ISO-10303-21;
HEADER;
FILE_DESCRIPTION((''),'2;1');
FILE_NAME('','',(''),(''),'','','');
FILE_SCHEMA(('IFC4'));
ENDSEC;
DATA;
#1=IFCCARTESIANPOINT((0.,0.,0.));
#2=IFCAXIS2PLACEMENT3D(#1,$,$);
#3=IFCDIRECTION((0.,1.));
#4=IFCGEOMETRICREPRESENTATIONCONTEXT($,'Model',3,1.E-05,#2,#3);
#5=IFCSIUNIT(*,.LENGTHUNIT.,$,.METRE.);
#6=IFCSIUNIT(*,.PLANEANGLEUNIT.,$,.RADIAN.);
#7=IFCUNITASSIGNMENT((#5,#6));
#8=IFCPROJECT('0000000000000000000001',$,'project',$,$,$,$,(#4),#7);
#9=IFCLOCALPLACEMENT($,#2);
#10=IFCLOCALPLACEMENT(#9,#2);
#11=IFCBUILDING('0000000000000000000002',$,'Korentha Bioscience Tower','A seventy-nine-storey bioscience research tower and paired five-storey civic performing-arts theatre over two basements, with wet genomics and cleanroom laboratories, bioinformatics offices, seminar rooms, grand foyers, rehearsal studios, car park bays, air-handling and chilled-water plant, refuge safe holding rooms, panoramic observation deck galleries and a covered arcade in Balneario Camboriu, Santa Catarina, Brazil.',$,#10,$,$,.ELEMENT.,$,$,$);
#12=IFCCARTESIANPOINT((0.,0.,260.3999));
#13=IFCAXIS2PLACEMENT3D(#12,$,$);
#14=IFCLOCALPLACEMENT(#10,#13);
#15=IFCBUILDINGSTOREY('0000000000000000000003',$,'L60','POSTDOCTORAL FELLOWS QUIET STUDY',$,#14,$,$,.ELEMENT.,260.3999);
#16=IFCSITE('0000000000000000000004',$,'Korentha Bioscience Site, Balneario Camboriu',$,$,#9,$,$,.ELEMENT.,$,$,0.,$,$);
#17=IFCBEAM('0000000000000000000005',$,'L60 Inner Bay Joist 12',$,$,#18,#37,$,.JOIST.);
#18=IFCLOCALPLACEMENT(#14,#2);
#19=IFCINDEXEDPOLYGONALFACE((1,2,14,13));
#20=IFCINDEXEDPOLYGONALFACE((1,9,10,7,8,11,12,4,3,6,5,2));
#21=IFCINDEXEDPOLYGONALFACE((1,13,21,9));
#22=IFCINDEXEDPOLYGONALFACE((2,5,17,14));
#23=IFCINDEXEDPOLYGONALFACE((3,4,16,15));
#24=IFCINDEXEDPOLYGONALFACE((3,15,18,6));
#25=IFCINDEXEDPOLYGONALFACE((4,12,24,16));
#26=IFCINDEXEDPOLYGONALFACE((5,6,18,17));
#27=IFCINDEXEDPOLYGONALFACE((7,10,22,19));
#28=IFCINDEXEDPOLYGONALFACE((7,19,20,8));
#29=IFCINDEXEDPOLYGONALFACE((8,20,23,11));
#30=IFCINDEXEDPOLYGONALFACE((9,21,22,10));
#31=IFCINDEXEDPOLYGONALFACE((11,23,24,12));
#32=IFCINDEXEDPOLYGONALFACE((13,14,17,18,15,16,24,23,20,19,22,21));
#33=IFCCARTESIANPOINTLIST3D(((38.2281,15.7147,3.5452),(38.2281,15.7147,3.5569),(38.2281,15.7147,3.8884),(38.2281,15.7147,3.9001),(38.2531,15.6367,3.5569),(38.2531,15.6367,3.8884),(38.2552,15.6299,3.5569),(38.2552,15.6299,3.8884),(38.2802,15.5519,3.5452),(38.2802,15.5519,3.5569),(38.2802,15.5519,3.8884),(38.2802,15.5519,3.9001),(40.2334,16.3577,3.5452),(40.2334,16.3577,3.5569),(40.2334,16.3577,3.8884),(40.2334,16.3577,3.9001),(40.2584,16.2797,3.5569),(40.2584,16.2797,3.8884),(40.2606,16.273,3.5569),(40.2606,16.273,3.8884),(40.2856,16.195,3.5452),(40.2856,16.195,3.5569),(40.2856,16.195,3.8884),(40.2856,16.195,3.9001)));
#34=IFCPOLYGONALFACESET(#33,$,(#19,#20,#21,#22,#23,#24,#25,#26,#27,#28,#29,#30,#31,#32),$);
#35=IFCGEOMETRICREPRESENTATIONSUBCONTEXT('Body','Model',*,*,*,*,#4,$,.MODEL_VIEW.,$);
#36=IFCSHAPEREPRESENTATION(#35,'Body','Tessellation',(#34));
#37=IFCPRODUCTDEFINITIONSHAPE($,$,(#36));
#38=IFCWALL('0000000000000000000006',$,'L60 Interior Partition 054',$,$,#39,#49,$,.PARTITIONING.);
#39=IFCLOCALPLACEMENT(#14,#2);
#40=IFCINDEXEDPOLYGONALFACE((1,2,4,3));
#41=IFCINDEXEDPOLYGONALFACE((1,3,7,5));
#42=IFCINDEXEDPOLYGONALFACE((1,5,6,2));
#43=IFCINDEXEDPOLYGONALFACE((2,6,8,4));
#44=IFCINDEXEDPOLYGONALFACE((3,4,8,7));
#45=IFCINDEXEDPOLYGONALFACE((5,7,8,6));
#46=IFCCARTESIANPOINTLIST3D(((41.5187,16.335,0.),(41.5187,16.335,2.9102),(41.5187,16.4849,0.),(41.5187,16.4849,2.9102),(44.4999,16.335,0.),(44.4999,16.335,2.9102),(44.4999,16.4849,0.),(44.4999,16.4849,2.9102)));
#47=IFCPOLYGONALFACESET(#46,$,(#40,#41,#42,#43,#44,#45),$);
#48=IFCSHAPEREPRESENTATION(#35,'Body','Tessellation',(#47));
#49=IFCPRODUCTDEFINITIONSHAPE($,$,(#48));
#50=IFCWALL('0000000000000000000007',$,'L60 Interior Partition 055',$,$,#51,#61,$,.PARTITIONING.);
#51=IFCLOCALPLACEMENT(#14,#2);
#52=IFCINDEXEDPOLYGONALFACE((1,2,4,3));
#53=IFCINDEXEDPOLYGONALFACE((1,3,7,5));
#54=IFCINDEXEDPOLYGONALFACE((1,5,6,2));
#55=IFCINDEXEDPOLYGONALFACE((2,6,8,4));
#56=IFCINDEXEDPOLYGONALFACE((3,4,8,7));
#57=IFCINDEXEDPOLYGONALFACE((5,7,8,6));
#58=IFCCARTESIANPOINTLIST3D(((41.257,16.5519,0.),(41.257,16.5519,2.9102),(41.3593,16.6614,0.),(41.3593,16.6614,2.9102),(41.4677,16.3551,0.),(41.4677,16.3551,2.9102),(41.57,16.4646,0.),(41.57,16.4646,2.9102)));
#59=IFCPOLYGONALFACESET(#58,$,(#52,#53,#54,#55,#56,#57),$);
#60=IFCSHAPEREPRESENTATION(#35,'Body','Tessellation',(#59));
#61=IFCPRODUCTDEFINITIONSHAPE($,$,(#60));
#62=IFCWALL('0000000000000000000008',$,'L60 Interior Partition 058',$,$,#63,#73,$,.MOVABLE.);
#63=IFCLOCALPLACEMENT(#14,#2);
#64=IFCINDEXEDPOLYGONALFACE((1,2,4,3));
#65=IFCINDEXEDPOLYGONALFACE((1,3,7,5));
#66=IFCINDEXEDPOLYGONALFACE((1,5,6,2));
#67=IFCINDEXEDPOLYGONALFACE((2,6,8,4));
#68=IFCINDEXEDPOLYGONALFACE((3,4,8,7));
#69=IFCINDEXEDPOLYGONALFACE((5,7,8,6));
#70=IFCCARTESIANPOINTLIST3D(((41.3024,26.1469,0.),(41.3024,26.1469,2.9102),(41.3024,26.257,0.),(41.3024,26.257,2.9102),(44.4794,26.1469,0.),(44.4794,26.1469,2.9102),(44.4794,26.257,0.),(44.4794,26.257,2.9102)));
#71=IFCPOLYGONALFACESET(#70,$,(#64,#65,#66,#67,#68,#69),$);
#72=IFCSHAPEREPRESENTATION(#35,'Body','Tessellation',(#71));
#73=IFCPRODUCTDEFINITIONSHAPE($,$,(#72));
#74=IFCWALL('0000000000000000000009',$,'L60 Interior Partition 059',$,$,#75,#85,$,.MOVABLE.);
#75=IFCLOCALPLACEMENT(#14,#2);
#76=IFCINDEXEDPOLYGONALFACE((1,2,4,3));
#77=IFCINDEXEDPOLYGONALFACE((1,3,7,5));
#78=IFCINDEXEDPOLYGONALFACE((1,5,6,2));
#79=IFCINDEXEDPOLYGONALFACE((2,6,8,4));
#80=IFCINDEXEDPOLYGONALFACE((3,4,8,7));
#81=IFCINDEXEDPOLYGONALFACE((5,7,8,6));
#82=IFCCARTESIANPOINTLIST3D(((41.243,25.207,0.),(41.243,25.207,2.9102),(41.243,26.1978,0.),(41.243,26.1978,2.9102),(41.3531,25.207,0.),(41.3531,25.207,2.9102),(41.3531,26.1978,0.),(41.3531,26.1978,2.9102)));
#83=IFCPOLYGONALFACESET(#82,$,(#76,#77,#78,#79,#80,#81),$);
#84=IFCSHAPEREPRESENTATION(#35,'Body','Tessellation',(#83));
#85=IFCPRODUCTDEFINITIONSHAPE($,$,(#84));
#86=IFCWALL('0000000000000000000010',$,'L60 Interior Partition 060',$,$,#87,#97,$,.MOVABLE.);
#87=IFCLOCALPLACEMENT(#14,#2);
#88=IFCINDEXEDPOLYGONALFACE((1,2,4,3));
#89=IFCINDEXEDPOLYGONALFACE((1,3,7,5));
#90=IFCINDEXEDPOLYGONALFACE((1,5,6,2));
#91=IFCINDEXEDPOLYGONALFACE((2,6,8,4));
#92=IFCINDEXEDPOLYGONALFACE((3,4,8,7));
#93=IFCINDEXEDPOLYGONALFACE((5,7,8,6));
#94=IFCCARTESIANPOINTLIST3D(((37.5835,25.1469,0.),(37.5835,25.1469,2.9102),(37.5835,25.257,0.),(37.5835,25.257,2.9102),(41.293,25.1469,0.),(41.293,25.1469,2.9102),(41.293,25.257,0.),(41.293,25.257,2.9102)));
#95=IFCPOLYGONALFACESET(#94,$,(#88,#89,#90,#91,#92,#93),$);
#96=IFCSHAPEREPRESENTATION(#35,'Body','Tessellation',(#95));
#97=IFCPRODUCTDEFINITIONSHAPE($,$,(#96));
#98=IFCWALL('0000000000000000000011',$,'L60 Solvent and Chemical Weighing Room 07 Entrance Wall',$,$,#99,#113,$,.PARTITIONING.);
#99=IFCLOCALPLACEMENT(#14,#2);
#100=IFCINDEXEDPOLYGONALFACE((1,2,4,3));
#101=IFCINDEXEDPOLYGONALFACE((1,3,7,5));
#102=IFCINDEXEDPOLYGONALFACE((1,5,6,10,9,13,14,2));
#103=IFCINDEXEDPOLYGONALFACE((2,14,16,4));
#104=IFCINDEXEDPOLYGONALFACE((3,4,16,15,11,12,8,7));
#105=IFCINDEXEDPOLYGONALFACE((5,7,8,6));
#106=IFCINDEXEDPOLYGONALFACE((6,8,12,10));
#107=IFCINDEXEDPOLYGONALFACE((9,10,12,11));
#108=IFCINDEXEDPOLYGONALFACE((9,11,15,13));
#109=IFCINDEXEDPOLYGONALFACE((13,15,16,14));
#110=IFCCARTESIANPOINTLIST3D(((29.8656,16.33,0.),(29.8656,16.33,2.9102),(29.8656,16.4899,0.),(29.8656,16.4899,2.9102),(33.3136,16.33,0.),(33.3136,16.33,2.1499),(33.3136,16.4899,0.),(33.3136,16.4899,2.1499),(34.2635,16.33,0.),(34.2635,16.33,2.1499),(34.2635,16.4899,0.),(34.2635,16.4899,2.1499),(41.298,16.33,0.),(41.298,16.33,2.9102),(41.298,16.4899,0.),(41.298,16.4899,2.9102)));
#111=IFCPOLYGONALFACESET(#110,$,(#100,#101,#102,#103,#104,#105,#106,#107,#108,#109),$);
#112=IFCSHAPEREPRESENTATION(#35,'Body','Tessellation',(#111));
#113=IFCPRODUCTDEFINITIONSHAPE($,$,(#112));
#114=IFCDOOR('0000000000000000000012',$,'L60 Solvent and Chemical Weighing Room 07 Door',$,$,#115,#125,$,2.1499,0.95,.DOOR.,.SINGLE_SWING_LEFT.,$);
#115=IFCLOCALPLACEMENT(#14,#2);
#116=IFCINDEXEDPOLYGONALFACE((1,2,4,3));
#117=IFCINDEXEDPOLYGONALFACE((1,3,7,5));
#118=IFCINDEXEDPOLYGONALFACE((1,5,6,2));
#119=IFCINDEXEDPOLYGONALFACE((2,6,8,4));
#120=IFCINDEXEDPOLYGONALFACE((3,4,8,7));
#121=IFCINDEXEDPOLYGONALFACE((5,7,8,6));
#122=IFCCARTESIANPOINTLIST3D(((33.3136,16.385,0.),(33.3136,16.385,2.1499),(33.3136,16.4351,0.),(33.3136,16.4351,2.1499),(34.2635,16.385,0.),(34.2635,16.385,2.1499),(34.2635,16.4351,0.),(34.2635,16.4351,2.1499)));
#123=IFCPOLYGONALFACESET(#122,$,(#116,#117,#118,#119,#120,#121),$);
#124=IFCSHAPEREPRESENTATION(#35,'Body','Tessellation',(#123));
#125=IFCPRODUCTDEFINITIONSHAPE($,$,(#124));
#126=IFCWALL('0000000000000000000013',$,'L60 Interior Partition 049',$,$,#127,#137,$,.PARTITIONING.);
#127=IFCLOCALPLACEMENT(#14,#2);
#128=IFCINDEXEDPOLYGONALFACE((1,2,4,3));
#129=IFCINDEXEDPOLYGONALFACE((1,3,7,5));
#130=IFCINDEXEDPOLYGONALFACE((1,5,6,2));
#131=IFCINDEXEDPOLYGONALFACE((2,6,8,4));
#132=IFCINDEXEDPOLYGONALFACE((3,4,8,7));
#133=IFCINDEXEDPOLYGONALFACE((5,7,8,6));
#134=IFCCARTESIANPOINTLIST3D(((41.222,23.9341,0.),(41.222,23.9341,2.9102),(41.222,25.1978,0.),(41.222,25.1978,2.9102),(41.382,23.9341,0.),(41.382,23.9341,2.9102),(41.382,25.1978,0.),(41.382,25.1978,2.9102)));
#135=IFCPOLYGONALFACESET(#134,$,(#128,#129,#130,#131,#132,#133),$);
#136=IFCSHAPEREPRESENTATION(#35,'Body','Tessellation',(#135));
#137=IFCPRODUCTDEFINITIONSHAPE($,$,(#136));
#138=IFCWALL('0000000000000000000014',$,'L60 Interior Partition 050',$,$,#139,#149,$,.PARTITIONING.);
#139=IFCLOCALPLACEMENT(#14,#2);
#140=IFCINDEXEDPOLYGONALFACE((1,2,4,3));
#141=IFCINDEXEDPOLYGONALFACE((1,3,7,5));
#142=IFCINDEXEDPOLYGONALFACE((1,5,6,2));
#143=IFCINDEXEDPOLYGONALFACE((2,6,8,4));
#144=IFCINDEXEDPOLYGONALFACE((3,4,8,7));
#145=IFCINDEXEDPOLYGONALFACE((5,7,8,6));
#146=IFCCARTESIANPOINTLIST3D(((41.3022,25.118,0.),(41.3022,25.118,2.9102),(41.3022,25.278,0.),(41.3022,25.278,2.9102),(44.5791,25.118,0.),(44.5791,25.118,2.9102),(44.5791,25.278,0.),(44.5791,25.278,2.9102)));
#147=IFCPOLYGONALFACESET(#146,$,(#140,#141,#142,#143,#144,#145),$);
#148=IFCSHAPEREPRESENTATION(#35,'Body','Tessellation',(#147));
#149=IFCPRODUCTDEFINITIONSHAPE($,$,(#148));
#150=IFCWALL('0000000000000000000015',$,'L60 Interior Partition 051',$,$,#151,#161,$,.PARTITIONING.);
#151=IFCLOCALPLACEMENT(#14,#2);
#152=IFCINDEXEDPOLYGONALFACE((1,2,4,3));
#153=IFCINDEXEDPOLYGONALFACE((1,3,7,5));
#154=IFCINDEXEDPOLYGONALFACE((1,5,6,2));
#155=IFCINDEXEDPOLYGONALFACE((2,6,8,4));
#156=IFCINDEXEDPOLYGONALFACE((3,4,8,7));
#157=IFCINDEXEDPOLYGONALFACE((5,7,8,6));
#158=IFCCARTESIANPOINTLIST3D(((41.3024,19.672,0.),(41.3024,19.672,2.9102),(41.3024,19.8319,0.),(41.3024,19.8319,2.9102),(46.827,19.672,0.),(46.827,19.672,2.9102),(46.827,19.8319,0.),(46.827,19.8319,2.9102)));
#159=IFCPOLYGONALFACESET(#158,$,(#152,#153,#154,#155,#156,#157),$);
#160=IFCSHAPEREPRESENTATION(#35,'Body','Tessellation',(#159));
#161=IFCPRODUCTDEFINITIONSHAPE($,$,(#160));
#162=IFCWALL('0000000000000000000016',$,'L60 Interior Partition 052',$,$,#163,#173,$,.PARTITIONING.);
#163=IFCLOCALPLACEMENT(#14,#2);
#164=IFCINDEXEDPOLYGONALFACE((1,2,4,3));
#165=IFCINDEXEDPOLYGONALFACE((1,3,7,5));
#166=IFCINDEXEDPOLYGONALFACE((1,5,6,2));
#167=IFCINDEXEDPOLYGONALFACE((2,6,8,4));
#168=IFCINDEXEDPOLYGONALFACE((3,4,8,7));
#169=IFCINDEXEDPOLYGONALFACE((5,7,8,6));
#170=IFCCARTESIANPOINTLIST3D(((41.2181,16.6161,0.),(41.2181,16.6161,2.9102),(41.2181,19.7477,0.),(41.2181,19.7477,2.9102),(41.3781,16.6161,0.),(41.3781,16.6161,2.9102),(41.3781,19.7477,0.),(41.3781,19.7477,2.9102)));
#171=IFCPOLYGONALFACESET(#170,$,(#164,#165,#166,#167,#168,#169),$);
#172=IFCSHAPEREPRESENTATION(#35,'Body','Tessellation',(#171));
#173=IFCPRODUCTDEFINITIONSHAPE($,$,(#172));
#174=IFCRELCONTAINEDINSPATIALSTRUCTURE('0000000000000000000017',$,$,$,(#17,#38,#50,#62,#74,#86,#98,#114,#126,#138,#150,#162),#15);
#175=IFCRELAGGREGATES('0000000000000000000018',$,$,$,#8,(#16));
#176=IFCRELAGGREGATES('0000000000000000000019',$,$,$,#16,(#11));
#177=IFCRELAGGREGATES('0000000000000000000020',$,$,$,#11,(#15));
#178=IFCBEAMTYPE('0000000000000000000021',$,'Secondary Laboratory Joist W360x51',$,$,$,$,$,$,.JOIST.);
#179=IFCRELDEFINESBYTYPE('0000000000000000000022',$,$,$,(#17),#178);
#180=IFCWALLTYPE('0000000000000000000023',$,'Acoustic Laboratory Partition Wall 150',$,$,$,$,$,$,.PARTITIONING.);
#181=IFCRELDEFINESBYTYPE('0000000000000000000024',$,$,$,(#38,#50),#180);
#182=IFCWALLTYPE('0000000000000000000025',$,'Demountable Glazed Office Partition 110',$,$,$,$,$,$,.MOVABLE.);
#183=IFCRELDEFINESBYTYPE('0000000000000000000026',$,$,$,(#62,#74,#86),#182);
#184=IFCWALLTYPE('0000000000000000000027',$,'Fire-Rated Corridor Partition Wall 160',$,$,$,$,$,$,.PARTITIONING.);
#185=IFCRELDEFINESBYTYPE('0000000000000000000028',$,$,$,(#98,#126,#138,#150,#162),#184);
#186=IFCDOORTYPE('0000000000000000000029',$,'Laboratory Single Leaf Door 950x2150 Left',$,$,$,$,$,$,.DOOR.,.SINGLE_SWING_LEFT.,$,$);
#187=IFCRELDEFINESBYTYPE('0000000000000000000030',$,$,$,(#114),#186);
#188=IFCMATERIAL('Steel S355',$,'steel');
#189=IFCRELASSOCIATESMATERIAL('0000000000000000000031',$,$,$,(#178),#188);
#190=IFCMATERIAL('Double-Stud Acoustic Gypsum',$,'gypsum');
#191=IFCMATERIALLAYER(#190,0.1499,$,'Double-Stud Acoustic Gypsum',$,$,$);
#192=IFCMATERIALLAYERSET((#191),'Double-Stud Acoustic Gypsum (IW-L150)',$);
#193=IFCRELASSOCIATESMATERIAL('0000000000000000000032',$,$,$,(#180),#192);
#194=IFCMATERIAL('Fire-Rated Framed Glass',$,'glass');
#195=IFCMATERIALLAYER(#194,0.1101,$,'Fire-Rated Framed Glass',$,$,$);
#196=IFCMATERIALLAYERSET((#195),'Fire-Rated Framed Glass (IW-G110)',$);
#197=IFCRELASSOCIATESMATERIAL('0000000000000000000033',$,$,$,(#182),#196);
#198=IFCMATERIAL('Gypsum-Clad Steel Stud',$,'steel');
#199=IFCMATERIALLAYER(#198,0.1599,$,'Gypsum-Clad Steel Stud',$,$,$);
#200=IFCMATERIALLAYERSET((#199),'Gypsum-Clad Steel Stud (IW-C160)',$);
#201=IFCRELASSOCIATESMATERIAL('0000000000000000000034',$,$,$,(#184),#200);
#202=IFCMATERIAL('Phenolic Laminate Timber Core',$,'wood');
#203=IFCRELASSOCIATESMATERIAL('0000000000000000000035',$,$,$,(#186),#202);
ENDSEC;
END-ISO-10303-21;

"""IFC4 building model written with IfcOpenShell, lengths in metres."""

from ifc_helpers import new_model, si_unit, direction, frame, frame_2d, origin, origin_2d, place, context, subcontext, project, spatial, rectangle, i_section, extrude, material, layer, layer_set, material_profile, profile_set, type_object, element, fill, save


model = new_model("IFC4")

# Units and contexts
model_context = context("Model", 3, precision=1e-05, world=origin(), true_north=direction((0.0, 1.0)))
body_context = subcontext(model_context, "Body", "Model", "MODEL_VIEW")
ifc_project = project(units=[si_unit("LENGTHUNIT", "METRE"), si_unit("PLANEANGLEUNIT", "RADIAN")], contexts=[model_context])

# Site, building, storey
site_placement = place(None, origin())
site = spatial("IfcSite", under=ifc_project, at=site_placement, Name="Korentha Bioscience Site, Balneario Camboriu", CompositionType="ELEMENT", RefElevation=0.0)
building_placement = place(site_placement, origin())
building = spatial("IfcBuilding", under=site, at=building_placement, Name="Korentha Bioscience Tower", Description="A seventy-nine-storey bioscience research tower and paired five-storey civic performing-arts theatre over two basements, with wet genomics and cleanroom laboratories, bioinformatics offices, seminar rooms, grand foyers, rehearsal studios, car park bays, air-handling and chilled-water plant, refuge safe holding rooms, panoramic observation deck galleries and a covered arcade in Balneario Camboriu, Santa Catarina, Brazil.", CompositionType="ELEMENT")
storey_placement = place(building_placement, frame((0.0, 0.0, 260.3999)))
storey = spatial("IfcBuildingStorey", under=building, at=storey_placement, Name="L60", Description="POSTDOCTORAL FELLOWS QUIET STUDY", CompositionType="ELEMENT", Elevation=260.3999)

# Beam
ifc_material_1 = material(Name="Steel S355", Category="steel")
ifc_material_profile_1 = material_profile(ifc_material_1, i_section(OverallWidth=0.1709, OverallDepth=0.355, WebThickness=0.0071, FlangeThickness=0.0117, at=origin_2d()), Name="Steel S355")
ifc_profile_set_1 = profile_set([ifc_material_profile_1], Name="Steel S355 (JB-360)")
beam_type_1 = type_object("IfcBeamType", Name="Secondary Laboratory Joist W360x51", PredefinedType="JOIST", material=ifc_profile_set_1)
beam_1_placement = place(storey_placement, frame((38.2542, 15.6333, 3.7227), z_axis=(0.952238, 0.305356, 0.0), x_axis=(-0.305356, 0.952238, 0.0)))
element("IfcBeam", 1, at=beam_1_placement, inside=storey, type_object=beam_type_1, Name="L60 Inner Bay Joist 12", PredefinedType="JOIST", context=body_context, shape_type="SweptSolid", body=[
    extrude(i_section(OverallWidth=0.1709, OverallDepth=0.355, WebThickness=0.0071, FlangeThickness=0.0117, at=origin_2d()), origin(), (0.0, 0.0, 1.0), 2.106),
])

# Shared definitions
ifc_material_2 = material(Name="Double-Stud Acoustic Gypsum", Category="gypsum")
ifc_layer_1 = layer(ifc_material_2, 0.1499, Name="Double-Stud Acoustic Gypsum")
ifc_layer_set_1 = layer_set([ifc_layer_1], Name="Double-Stud Acoustic Gypsum (IW-L150)")
wall_type_1 = type_object("IfcWallType", Name="Acoustic Laboratory Partition Wall 150", PredefinedType="PARTITIONING", material=ifc_layer_set_1)
ifc_material_3 = material(Name="Phenolic Laminate Timber Core", Category="wood")

# Walls
wall_1_placement = place(storey_placement, frame((44.5, 16.4099, 0.0), z_axis=(0.0, 0.0, 1.0), x_axis=(-1.0, 0.0, 0.0)))
element("IfcWall", 2, at=wall_1_placement, inside=storey, type_object=wall_type_1, Name="L60 Interior Partition 054", PredefinedType="PARTITIONING", context=body_context, shape_type="SweptSolid", body=[
    extrude(rectangle(XDim=2.9812, YDim=0.1499, at=frame_2d((1.4907, 0.0))), origin(), (0.0, 0.0, 1.0), 2.9102),
])
wall_2_placement = place(storey_placement, frame((41.5188, 16.4099, 0.0), z_axis=(0.0, 0.0, 1.0), x_axis=(-0.73083, 0.68256, 0.0)))
element("IfcWall", 3, at=wall_2_placement, inside=storey, type_object=wall_type_1, Name="L60 Interior Partition 055", PredefinedType="PARTITIONING", context=body_context, shape_type="SweptSolid", body=[
    extrude(rectangle(XDim=0.2883, YDim=0.1499, at=frame_2d((0.144, 0.0))), origin(), (0.0, 0.0, 1.0), 2.9102),
])
ifc_material_4 = material(Name="Fire-Rated Framed Glass", Category="glass")
ifc_layer_2 = layer(ifc_material_4, 0.1101, Name="Fire-Rated Framed Glass")
ifc_layer_set_2 = layer_set([ifc_layer_2], Name="Fire-Rated Framed Glass (IW-G110)")
wall_type_2 = type_object("IfcWallType", Name="Demountable Glazed Office Partition 110", PredefinedType="MOVABLE", material=ifc_layer_set_2)
wall_3_placement = place(storey_placement, frame((44.4792, 26.2019, 0.0), z_axis=(0.0, 0.0, 1.0), x_axis=(-1.0, 0.0, 0.0)))
element("IfcWall", 4, at=wall_3_placement, inside=storey, type_object=wall_type_2, Name="L60 Interior Partition 058", PredefinedType="MOVABLE", context=body_context, shape_type="SweptSolid", body=[
    extrude(rectangle(XDim=3.177, YDim=0.1101, at=frame_2d((1.5884, 0.0))), origin(), (0.0, 0.0, 1.0), 2.9102),
])
wall_4_placement = place(storey_placement, frame((41.2981, 26.1978, 0.0), z_axis=(0.0, 0.0, 1.0), x_axis=(0.0, -1.0, 0.0)))
element("IfcWall", 5, at=wall_4_placement, inside=storey, type_object=wall_type_2, Name="L60 Interior Partition 059", PredefinedType="MOVABLE", context=body_context, shape_type="SweptSolid", body=[
    extrude(rectangle(XDim=0.9907, YDim=0.1101, at=frame_2d((0.4954, 0.0))), origin(), (0.0, 0.0, 1.0), 2.9102),
])
wall_5_placement = place(storey_placement, frame((41.293, 25.2019, 0.0), z_axis=(0.0, 0.0, 1.0), x_axis=(-1.0, 0.0, 0.0)))
element("IfcWall", 6, at=wall_5_placement, inside=storey, type_object=wall_type_2, Name="L60 Interior Partition 060", PredefinedType="MOVABLE", context=body_context, shape_type="SweptSolid", body=[
    extrude(rectangle(XDim=3.7095, YDim=0.1101, at=frame_2d((1.8547, 0.0))), origin(), (0.0, 0.0, 1.0), 2.9102),
])

# Wall, opening, door
ifc_material_5 = material(Name="Gypsum-Clad Steel Stud", Category="steel")
ifc_layer_3 = layer(ifc_material_5, 0.1599, Name="Gypsum-Clad Steel Stud")
ifc_layer_set_3 = layer_set([ifc_layer_3], Name="Gypsum-Clad Steel Stud (IW-C160)")
wall_type_3 = type_object("IfcWallType", Name="Fire-Rated Corridor Partition Wall 160", PredefinedType="PARTITIONING", material=ifc_layer_set_3)
wall_6_placement = place(storey_placement, frame((41.2981, 16.4099, 0.0), z_axis=(0.0, 0.0, 1.0), x_axis=(-1.0, 0.0, 0.0)))
wall_6 = element("IfcWall", 7, at=wall_6_placement, inside=storey, type_object=wall_type_3, Name="L60 Solvent and Chemical Weighing Room 07 Entrance Wall", PredefinedType="PARTITIONING", context=body_context, shape_type="SweptSolid", body=[
    extrude(rectangle(XDim=11.4324, YDim=0.1599, at=frame_2d((5.7163, 0.0))), origin(), (0.0, 0.0, 1.0), 2.9102),
])
opening_1_placement = place(wall_6_placement, frame((7.0344, 0.0, 0.0)))
opening_1 = element("IfcOpeningElement", 8, at=opening_1_placement, cuts=wall_6, PredefinedType="OPENING", context=body_context, shape_type="SweptSolid", body=[
    extrude(rectangle(XDim=0.95, YDim=2.1499, at=frame_2d((0.4751, 1.075))), frame((0.0, 0.0947, 0.0), z_axis=(0.0, -1.0, 0.0), x_axis=(1.0, 0.0, 0.0)), (0.0, 0.0, 1.0), 0.1897),
])
door_type_1 = type_object("IfcDoorType", Name="Laboratory Single Leaf Door 950x2150 Left", OperationType="SINGLE_SWING_LEFT", PredefinedType="DOOR", material=ifc_material_3)
door_1_placement = place(opening_1_placement, origin())
door_1 = element("IfcDoor", 9, at=door_1_placement, inside=storey, type_object=door_type_1, Name="L60 Solvent and Chemical Weighing Room 07 Door", OperationType="SINGLE_SWING_LEFT", OverallHeight=2.1499, OverallWidth=0.95, PredefinedType="DOOR", context=body_context, shape_type="SweptSolid", body=[
    extrude(rectangle(XDim=0.95, YDim=2.1499, at=frame_2d((0.4751, 1.075))), frame((0.0, 0.0249, 0.0), z_axis=(0.0, -1.0, 0.0), x_axis=(1.0, 0.0, 0.0)), (0.0, 0.0, 1.0), 0.05),
])
fill(opening_1, door_1)

# Walls
wall_7_placement = place(storey_placement, frame((41.302, 23.9341, 0.0), z_axis=(0.0, 0.0, 1.0), x_axis=(0.0, 1.0, 0.0)))
element("IfcWall", 10, at=wall_7_placement, inside=storey, type_object=wall_type_3, Name="L60 Interior Partition 049", PredefinedType="PARTITIONING", context=body_context, shape_type="SweptSolid", body=[
    extrude(rectangle(XDim=1.2637, YDim=0.1599, at=frame_2d((0.6318, 0.0))), origin(), (0.0, 0.0, 1.0), 2.9102),
])
wall_8_placement = place(storey_placement, frame((41.3022, 25.198, 0.0), z_axis=(0.0, 0.0, 1.0), x_axis=(1.0, 0.0, 0.0)))
element("IfcWall", 11, at=wall_8_placement, inside=storey, type_object=wall_type_3, Name="L60 Interior Partition 050", PredefinedType="PARTITIONING", context=body_context, shape_type="SweptSolid", body=[
    extrude(rectangle(XDim=3.2769, YDim=0.1599, at=frame_2d((1.6384, 0.0))), origin(), (0.0, 0.0, 1.0), 2.9102),
])
wall_9_placement = place(storey_placement, frame((46.8269, 19.752, 0.0), z_axis=(0.0, 0.0, 1.0), x_axis=(-1.0, 0.0, 0.0)))
element("IfcWall", 12, at=wall_9_placement, inside=storey, type_object=wall_type_3, Name="L60 Interior Partition 051", PredefinedType="PARTITIONING", context=body_context, shape_type="SweptSolid", body=[
    extrude(rectangle(XDim=5.5247, YDim=0.1599, at=frame_2d((2.7622, 0.0))), origin(), (0.0, 0.0, 1.0), 2.9102),
])
wall_10_placement = place(storey_placement, frame((41.2981, 19.7478, 0.0), z_axis=(0.0, 0.0, 1.0), x_axis=(0.0, -1.0, 0.0)))
element("IfcWall", 13, at=wall_10_placement, inside=storey, type_object=wall_type_3, Name="L60 Interior Partition 052", PredefinedType="PARTITIONING", context=body_context, shape_type="SweptSolid", body=[
    extrude(rectangle(XDim=3.1316, YDim=0.1599, at=frame_2d((1.5659, 0.0))), origin(), (0.0, 0.0, 1.0), 2.9102),
])

save(model, "model.ifc")
